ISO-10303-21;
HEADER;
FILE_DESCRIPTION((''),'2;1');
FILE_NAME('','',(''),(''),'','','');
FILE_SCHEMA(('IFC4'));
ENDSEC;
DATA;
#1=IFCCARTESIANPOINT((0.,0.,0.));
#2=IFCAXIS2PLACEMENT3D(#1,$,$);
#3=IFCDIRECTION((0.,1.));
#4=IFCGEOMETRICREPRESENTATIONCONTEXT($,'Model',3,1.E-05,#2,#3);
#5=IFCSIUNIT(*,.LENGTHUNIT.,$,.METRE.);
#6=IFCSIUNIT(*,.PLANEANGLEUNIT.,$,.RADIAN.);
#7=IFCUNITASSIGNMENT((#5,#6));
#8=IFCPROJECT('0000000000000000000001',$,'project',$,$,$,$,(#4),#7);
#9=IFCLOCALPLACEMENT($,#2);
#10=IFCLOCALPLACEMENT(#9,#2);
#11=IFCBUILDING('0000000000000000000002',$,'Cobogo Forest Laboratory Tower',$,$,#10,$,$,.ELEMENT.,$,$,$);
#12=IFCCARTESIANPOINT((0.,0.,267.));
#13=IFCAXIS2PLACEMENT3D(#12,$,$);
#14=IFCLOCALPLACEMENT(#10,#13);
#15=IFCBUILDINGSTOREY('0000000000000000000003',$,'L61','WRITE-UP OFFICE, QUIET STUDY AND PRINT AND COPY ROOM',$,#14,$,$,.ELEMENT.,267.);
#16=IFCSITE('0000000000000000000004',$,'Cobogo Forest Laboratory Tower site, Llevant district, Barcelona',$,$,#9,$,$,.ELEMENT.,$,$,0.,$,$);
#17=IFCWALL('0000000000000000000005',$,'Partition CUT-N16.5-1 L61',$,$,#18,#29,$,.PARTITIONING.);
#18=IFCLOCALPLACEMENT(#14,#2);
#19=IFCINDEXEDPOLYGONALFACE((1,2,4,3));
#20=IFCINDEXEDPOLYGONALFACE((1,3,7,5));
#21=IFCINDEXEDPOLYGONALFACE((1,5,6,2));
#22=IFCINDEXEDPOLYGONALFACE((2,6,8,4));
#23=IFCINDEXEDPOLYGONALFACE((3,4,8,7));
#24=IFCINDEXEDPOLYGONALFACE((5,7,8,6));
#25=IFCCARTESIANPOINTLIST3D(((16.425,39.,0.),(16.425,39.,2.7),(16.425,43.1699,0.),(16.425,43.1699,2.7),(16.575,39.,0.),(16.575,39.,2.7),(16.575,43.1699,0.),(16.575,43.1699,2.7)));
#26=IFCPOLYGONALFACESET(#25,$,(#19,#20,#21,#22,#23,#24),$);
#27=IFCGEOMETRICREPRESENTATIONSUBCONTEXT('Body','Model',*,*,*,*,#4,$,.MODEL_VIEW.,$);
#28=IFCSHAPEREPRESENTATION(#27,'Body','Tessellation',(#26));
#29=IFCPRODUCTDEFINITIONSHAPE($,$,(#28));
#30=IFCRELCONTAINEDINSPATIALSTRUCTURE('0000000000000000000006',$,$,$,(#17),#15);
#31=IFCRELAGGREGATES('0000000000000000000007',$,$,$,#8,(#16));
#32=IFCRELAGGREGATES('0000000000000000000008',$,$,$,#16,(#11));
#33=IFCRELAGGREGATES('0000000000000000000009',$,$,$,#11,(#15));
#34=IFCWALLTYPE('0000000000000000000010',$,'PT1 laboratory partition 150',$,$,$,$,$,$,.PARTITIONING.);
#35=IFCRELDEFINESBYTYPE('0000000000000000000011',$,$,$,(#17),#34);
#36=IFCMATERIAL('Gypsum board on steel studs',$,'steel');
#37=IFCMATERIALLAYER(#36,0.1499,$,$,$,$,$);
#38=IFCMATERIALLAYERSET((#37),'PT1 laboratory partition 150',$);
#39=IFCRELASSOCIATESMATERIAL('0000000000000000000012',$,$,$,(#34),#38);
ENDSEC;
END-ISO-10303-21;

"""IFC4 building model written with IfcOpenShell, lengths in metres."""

from ifc_helpers import new_model, si_unit, direction, frame, frame_2d, origin, place, context, subcontext, project, spatial, rectangle, extrude, material, layer, layer_set, type_object, element, save


model = new_model("IFC4")

# Units and contexts
model_context = context("Model", 3, precision=1e-05, world=origin(), true_north=direction((0.0, 1.0)))
body_context = subcontext(model_context, "Body", "Model", "MODEL_VIEW")
ifc_project = project(units=[si_unit("LENGTHUNIT", "METRE"), si_unit("PLANEANGLEUNIT", "RADIAN")], contexts=[model_context])

# Site, building, storey
site_placement = place(None, origin())
site = spatial("IfcSite", under=ifc_project, at=site_placement, Name="Cobogo Forest Laboratory Tower site, Llevant district, Barcelona", CompositionType="ELEMENT", RefElevation=0.0)
building_placement = place(site_placement, origin())
building = spatial("IfcBuilding", under=site, at=building_placement, Name="Cobogo Forest Laboratory Tower", CompositionType="ELEMENT")
storey_placement = place(building_placement, frame((0.0, 0.0, 267.0)))
storey = spatial("IfcBuildingStorey", under=building, at=storey_placement, Name="L61", Description="WRITE-UP OFFICE, QUIET STUDY AND PRINT AND COPY ROOM", CompositionType="ELEMENT", Elevation=267.0)

# Shared definitions
ifc_material_1 = material(Name="Gypsum board on steel studs", Category="steel")
ifc_layer_1 = layer(ifc_material_1, 0.1499)
ifc_layer_set_1 = layer_set([ifc_layer_1], Name="PT1 laboratory partition 150")
wall_type = type_object("IfcWallType", Name="PT1 laboratory partition 150", PredefinedType="PARTITIONING", material=ifc_layer_set_1)

# Wall
wall_1_placement = place(storey_placement, frame((16.5, 43.1699, 0.0), z_axis=(0.0, 0.0, 1.0), x_axis=(0.0, -1.0, 0.0)))
element("IfcWall", 1, at=wall_1_placement, inside=storey, type_object=wall_type, Name="Partition CUT-N16.5-1 L61", PredefinedType="PARTITIONING", context=body_context, shape_type="SweptSolid", body=[
    extrude(rectangle(XDim=4.1699, YDim=0.1499, at=frame_2d((2.085, 0.0))), origin(), (0.0, 0.0, 1.0), 2.7),
])

save(model, "model.ifc")
